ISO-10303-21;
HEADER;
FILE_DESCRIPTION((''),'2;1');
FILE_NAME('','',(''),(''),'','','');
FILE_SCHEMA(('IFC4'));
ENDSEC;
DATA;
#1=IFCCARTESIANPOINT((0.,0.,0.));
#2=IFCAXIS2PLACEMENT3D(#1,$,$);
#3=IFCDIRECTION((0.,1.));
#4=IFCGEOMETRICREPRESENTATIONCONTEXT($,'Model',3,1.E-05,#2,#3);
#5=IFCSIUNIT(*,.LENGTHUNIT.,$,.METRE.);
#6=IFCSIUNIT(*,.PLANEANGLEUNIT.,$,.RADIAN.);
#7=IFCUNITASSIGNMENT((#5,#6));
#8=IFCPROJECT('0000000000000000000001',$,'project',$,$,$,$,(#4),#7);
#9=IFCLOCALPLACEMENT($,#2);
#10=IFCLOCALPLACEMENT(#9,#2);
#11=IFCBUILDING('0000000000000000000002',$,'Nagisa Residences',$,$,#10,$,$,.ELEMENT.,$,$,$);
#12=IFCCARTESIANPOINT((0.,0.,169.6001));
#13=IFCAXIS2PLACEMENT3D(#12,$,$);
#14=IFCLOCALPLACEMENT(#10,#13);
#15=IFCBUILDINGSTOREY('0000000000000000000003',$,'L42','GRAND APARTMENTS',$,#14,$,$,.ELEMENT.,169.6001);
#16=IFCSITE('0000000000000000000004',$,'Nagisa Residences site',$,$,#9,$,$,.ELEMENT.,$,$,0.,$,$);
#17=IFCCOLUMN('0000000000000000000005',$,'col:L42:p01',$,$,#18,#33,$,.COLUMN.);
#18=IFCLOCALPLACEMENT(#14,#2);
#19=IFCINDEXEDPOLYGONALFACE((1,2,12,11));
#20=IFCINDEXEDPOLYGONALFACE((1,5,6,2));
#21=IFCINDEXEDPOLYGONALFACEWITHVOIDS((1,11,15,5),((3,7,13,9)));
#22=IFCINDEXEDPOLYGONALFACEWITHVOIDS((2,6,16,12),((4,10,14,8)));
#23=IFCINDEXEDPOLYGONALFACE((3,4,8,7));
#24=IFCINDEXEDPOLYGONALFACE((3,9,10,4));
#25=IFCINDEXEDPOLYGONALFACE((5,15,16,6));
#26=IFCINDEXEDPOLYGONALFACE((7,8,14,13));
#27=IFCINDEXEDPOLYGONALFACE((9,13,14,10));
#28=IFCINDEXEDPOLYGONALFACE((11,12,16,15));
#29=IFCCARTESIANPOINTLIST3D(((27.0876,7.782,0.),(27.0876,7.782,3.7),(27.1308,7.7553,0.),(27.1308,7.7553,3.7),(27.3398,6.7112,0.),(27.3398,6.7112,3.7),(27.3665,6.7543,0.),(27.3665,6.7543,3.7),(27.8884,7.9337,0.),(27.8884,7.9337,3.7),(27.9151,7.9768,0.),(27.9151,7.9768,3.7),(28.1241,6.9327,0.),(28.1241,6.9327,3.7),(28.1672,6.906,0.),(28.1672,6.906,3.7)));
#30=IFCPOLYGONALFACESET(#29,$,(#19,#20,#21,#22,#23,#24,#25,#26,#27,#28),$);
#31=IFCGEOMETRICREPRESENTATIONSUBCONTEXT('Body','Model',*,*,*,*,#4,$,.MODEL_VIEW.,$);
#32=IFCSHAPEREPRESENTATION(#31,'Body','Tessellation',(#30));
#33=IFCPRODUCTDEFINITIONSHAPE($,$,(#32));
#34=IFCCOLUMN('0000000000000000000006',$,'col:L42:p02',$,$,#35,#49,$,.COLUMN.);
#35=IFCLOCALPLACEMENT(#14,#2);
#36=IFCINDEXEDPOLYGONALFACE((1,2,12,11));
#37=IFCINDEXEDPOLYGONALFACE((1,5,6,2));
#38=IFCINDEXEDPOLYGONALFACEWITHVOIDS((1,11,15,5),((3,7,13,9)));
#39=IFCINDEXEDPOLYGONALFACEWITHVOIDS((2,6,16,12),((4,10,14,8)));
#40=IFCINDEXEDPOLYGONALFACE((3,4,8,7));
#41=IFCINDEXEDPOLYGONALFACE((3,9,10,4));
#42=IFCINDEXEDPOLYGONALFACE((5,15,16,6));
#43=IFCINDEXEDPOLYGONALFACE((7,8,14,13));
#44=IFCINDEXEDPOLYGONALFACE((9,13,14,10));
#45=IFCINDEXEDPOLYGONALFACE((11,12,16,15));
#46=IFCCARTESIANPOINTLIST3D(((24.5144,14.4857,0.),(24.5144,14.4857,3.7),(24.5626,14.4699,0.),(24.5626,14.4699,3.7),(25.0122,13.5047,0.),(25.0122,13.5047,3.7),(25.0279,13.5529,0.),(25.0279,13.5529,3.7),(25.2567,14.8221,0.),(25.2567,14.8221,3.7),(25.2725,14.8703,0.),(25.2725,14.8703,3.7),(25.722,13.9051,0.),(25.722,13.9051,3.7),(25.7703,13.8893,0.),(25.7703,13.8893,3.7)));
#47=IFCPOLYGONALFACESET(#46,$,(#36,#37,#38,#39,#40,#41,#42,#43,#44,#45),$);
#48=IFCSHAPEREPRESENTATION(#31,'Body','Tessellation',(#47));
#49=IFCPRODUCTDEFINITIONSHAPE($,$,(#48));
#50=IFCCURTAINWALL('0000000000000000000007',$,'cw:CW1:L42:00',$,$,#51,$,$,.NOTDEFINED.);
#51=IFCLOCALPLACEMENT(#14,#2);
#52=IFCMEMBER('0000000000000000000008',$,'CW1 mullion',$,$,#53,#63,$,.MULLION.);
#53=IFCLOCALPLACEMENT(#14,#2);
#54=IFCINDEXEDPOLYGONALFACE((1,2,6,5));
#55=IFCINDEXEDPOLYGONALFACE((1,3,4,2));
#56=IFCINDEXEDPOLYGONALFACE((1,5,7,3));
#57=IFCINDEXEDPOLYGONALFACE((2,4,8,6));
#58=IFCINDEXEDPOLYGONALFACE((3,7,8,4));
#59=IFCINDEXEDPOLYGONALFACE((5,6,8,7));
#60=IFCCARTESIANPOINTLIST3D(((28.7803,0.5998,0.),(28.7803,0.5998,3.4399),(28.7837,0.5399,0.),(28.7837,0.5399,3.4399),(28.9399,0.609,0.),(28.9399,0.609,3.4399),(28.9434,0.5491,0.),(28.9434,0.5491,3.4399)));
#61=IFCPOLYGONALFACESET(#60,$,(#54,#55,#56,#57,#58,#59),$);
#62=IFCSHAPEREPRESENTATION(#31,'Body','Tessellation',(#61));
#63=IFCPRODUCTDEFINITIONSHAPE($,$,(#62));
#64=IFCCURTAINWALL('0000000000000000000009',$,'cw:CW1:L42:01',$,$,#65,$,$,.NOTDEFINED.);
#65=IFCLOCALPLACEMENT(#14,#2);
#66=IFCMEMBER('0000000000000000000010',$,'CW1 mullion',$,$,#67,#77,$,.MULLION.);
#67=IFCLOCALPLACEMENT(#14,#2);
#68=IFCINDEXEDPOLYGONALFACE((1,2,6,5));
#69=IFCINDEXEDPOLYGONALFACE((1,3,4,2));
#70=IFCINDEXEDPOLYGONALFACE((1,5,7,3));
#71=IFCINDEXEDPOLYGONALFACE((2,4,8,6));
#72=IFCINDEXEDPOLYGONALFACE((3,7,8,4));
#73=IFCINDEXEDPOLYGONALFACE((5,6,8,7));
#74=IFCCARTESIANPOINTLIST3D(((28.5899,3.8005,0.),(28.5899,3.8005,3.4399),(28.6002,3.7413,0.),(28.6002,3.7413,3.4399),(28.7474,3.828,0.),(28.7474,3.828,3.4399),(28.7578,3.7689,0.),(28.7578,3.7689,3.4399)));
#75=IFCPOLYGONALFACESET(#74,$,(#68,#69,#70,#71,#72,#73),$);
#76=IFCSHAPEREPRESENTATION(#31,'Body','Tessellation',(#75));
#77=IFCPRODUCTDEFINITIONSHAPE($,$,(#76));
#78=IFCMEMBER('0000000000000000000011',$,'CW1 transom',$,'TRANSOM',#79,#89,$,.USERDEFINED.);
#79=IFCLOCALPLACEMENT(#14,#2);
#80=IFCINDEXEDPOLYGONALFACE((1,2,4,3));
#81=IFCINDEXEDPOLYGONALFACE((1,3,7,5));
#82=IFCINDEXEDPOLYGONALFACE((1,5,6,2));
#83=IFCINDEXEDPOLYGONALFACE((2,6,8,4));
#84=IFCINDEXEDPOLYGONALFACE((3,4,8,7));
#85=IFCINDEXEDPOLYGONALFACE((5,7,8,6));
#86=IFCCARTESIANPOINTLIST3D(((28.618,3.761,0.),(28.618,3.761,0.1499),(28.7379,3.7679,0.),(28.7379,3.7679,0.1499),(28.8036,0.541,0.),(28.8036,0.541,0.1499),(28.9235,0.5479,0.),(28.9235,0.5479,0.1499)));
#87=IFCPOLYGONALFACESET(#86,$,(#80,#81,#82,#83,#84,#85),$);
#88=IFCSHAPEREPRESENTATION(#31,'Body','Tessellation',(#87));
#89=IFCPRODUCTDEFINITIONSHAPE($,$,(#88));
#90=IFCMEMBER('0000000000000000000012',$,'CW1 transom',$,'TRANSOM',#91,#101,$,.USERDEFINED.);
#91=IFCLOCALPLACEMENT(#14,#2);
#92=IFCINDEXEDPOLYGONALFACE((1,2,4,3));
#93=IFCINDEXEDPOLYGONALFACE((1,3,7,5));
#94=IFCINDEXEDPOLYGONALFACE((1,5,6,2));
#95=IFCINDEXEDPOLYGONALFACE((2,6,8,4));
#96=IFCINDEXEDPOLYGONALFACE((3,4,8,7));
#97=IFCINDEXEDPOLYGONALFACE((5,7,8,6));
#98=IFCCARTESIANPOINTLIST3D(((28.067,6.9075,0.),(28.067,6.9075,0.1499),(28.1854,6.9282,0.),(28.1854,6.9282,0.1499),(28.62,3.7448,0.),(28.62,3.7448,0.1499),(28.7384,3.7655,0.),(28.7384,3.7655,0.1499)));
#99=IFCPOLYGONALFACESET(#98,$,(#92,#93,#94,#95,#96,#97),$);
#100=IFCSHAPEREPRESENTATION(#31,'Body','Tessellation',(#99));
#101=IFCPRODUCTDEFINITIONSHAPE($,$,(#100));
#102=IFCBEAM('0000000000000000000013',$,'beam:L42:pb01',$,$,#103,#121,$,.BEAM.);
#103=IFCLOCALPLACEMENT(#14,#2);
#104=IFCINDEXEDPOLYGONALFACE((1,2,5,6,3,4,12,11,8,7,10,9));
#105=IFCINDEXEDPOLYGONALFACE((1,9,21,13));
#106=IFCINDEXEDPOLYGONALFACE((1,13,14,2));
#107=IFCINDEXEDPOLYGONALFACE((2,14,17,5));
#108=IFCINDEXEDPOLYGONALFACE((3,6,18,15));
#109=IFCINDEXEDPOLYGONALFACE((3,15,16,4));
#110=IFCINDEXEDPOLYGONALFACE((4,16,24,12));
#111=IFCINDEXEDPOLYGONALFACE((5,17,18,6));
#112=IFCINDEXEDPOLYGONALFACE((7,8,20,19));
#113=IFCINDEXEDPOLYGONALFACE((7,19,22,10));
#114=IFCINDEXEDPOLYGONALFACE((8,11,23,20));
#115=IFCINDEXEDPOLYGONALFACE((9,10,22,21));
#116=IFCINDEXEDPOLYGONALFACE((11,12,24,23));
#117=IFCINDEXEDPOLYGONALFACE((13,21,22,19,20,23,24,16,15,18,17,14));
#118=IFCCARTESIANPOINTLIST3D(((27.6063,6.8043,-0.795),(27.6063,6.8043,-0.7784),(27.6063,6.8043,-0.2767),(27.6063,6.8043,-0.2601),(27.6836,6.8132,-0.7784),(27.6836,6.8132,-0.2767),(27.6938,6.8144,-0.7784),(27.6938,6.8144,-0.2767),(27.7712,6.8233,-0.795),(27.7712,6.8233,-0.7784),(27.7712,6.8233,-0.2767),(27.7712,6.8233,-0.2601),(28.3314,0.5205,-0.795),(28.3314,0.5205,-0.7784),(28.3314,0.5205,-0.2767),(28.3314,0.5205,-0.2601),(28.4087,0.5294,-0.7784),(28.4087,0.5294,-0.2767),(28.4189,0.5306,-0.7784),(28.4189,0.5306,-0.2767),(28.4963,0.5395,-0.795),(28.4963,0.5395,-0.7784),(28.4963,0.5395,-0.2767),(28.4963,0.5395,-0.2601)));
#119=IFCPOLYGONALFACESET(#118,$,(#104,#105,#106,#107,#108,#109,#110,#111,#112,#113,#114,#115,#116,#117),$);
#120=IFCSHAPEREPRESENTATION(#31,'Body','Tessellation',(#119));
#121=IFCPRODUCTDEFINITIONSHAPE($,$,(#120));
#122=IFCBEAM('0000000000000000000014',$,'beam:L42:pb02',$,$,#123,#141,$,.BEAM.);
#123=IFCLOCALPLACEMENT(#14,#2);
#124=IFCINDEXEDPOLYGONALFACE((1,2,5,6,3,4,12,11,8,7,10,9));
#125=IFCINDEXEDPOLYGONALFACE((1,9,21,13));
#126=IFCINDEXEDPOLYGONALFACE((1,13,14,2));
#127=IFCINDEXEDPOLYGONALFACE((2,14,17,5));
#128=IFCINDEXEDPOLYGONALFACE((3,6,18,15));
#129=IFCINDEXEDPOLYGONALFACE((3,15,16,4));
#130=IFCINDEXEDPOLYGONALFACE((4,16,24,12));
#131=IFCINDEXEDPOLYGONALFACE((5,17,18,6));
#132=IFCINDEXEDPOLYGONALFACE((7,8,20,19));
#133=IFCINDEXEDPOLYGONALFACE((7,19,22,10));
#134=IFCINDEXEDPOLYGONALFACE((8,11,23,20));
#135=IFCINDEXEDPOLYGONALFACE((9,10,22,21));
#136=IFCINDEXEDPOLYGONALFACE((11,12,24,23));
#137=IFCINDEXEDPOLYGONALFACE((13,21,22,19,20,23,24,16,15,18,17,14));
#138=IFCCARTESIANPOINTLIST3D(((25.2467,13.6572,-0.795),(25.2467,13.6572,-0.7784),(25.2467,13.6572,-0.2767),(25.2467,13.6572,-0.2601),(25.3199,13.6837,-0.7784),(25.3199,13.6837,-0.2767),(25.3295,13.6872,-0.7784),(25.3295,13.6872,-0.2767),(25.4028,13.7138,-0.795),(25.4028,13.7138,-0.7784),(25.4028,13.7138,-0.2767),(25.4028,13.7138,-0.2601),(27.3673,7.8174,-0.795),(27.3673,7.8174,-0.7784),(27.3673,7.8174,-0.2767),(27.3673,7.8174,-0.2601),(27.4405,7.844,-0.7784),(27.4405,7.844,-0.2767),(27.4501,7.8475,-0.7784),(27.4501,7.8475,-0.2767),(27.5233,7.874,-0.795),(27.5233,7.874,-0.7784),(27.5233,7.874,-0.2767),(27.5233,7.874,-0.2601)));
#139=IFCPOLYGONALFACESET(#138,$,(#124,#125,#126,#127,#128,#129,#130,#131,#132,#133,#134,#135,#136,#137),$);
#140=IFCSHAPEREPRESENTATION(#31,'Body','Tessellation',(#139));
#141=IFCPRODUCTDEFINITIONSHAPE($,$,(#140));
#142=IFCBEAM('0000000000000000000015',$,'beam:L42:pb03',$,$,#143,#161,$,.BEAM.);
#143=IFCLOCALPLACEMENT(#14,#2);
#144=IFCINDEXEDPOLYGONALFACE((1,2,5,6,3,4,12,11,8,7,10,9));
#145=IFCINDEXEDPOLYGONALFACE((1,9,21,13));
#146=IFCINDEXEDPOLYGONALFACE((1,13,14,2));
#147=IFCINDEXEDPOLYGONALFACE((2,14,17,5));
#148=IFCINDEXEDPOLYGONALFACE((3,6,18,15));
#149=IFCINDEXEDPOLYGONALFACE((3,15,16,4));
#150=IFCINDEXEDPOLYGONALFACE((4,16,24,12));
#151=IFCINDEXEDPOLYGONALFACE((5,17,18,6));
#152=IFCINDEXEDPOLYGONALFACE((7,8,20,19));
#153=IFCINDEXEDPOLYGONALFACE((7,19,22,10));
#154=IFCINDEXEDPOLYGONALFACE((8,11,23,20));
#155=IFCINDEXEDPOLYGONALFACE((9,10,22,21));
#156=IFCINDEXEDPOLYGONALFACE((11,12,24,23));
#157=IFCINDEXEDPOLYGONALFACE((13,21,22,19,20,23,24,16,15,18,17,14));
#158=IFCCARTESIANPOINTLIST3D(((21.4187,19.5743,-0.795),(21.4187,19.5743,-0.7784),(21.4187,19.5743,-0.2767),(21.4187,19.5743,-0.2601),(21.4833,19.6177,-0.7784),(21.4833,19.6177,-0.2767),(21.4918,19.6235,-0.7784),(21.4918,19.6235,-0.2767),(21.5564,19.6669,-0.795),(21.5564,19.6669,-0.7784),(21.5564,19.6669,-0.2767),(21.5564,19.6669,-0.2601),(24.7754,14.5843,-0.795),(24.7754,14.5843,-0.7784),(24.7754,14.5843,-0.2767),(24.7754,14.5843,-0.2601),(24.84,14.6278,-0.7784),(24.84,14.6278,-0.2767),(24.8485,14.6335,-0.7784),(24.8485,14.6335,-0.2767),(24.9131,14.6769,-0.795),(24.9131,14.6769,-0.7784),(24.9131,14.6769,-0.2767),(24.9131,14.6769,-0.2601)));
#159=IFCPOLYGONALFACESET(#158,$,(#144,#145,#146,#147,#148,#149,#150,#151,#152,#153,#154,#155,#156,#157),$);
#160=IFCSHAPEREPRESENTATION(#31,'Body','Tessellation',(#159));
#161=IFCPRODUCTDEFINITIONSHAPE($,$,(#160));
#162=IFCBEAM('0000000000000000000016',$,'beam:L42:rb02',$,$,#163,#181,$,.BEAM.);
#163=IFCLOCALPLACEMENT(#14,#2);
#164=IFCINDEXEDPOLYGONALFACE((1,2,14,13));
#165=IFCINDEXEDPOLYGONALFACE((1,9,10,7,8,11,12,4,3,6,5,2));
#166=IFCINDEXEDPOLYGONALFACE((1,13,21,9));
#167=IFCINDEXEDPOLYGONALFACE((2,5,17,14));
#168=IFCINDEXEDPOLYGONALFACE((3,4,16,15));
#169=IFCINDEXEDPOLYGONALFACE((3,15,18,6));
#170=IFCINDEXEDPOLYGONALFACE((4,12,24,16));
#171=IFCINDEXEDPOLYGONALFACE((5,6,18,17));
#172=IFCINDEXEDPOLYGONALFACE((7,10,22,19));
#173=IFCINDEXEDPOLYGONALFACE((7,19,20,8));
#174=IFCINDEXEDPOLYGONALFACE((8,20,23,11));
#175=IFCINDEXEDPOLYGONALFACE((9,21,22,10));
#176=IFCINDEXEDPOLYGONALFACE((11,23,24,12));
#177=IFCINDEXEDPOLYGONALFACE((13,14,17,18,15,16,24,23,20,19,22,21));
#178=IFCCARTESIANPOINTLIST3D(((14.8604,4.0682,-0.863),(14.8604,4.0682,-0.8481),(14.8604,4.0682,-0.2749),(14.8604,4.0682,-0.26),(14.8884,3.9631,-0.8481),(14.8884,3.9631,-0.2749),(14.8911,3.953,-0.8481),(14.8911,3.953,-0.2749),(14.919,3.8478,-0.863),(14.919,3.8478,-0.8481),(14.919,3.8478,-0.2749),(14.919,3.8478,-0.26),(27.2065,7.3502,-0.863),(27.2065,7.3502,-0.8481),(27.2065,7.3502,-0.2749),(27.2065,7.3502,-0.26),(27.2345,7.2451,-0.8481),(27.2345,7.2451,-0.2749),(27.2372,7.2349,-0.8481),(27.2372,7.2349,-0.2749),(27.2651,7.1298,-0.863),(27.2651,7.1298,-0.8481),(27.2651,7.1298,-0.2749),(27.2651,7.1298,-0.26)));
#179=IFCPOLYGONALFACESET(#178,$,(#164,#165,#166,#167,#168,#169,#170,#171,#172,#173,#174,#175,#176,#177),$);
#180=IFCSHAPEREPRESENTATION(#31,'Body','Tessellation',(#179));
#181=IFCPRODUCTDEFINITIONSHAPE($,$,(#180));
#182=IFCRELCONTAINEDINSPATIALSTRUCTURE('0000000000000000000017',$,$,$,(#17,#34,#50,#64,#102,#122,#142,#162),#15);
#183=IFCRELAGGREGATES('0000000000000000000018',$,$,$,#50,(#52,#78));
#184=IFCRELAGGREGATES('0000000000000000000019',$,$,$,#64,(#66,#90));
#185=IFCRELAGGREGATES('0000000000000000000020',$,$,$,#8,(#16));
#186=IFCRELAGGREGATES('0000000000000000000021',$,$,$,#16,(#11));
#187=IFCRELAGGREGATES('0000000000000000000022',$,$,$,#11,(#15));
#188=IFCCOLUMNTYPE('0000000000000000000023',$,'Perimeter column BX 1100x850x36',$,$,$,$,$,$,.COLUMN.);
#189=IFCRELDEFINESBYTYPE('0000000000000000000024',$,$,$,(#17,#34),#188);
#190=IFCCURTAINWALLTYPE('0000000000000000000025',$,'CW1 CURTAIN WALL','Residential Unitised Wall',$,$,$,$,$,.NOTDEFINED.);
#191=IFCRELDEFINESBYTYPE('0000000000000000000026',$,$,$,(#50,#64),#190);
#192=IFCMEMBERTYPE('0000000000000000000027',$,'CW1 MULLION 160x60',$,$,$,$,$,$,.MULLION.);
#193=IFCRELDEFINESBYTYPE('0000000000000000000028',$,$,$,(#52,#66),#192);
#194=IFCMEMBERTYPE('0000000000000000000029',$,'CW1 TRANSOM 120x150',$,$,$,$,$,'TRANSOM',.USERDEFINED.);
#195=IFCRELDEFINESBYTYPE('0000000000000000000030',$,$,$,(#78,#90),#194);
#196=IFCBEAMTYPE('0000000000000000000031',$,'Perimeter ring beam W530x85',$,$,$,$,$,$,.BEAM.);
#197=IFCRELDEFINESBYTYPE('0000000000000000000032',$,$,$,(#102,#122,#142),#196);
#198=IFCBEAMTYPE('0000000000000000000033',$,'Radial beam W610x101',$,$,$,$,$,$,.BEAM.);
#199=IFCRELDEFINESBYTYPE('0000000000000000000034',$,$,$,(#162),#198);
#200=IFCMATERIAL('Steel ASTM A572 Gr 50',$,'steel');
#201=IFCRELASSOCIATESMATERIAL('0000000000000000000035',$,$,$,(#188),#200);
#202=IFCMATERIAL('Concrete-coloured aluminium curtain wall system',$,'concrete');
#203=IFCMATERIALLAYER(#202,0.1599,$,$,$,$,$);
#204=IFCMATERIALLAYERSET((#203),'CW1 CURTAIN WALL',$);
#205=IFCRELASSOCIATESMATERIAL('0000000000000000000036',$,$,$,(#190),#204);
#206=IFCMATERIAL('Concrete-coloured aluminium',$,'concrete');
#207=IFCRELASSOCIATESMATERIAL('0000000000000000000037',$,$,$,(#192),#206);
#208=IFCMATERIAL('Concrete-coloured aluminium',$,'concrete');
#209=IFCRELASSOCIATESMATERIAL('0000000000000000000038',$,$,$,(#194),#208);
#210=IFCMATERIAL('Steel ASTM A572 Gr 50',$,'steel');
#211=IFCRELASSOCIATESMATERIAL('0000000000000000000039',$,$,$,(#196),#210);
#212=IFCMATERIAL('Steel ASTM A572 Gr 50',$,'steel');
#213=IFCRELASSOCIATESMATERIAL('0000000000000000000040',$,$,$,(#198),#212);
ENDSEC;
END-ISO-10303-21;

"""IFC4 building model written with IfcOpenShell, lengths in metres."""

from ifc_helpers import new_model, si_unit, direction, frame, origin, origin_2d, place, context, subcontext, project, spatial, rectangle, hollow_rectangle, i_section, extrude, material, layer, layer_set, material_profile, profile_set, type_object, element, aggregate, save


model = new_model("IFC4")

# Units and contexts
model_context = context("Model", 3, precision=1e-05, world=origin(), true_north=direction((0.0, 1.0)))
body_context = subcontext(model_context, "Body", "Model", "MODEL_VIEW")
ifc_project = project(units=[si_unit("LENGTHUNIT", "METRE"), si_unit("PLANEANGLEUNIT", "RADIAN")], contexts=[model_context])

# Site, building, storey
site_placement = place(None, origin())
site = spatial("IfcSite", under=ifc_project, at=site_placement, Name="Nagisa Residences site", CompositionType="ELEMENT", RefElevation=0.0)
building_placement = place(site_placement, origin())
building = spatial("IfcBuilding", under=site, at=building_placement, Name="Nagisa Residences", CompositionType="ELEMENT")
storey_placement = place(building_placement, frame((0.0, 0.0, 169.6001)))
storey = spatial("IfcBuildingStorey", under=building, at=storey_placement, Name="L42", Description="GRAND APARTMENTS", CompositionType="ELEMENT", Elevation=169.6001)

# Columns
ifc_material_1 = material(Name="Steel ASTM A572 Gr 50", Category="steel")
ifc_material_profile_1 = material_profile(ifc_material_1, hollow_rectangle(XDim=1.1001, YDim=0.8501, WallThickness=0.0359, at=origin_2d()), Name="BX 1100x850x36")
ifc_profile_set_1 = profile_set([ifc_material_profile_1], Name="Steel ASTM A572 Gr 50")
column_type = type_object("IfcColumnType", Name="Perimeter column BX 1100x850x36", PredefinedType="COLUMN", material=ifc_profile_set_1)
for number, where, z_axis, x_axis, name in (
    (1, (27.6274, 7.344, 0.0), (0.0, 0.0, 1.0), (-0.229202, 0.973379, 0.0), "col:L42:p01"),
    (2, (25.1423, 14.1875, 0.0), (0.0, 0.0, 1.0), (-0.452463, 0.891783, 0.0), "col:L42:p02"),
):
    element("IfcColumn", number, at=place(storey_placement, frame(where, z_axis=z_axis, x_axis=x_axis)), inside=storey, type_object=column_type, Name=name, PredefinedType="COLUMN", context=body_context, shape_type="SweptSolid", body=[
        extrude(hollow_rectangle(XDim=1.1001, YDim=0.8501, WallThickness=0.0359, at=origin_2d()), origin(), (0.0, 0.0, 1.0), 3.7),
    ])

# Curtain walls, members
ifc_material_2 = material(Name="Concrete-coloured aluminium curtain wall system", Category="concrete")
ifc_layer_1 = layer(ifc_material_2, 0.1599)
ifc_layer_set_1 = layer_set([ifc_layer_1], Name="CW1 CURTAIN WALL")
curtain_wall_type = type_object("IfcCurtainWallType", Name="CW1 CURTAIN WALL", Description="Residential Unitised Wall", PredefinedType="NOTDEFINED", material=ifc_layer_set_1)
curtain_wall_1_placement = place(storey_placement, origin())
curtain_wall_1 = element("IfcCurtainWall", 3, at=curtain_wall_1_placement, inside=storey, type_object=curtain_wall_type, Name="cw:CW1:L42:00", PredefinedType="NOTDEFINED")
ifc_material_3 = material(Name="Concrete-coloured aluminium", Category="concrete")
ifc_material_profile_2 = material_profile(ifc_material_3, rectangle(XDim=0.1599, YDim=0.0601, at=origin_2d()), Name="CW1 MULLION 160x60")
ifc_profile_set_2 = profile_set([ifc_material_profile_2], Name="Concrete-coloured aluminium")
member_type_1 = type_object("IfcMemberType", Name="CW1 MULLION 160x60", PredefinedType="MULLION", material=ifc_profile_set_2)
member_1_placement = place(storey_placement, frame((28.8618, 0.5745, 0.0), z_axis=(0.0, 0.0, 1.0), x_axis=(-0.998345, -0.057503, 0.0)))
member_1 = element("IfcMember", 4, at=member_1_placement, type_object=member_type_1, Name="CW1 mullion", PredefinedType="MULLION", context=body_context, shape_type="SweptSolid", body=[
    extrude(rectangle(XDim=0.1599, YDim=0.0601, at=origin_2d()), origin(), (0.0, 0.0, 1.0), 3.4399),
])
curtain_wall_2_placement = place(storey_placement, origin())
curtain_wall_2 = element("IfcCurtainWall", 5, at=curtain_wall_2_placement, inside=storey, type_object=curtain_wall_type, Name="cw:CW1:L42:01", PredefinedType="NOTDEFINED")
member_2_placement = place(storey_placement, frame((28.6738, 3.7847, 0.0), z_axis=(0.0, 0.0, 1.0), x_axis=(-0.985064, -0.172191, 0.0)))
member_2 = element("IfcMember", 6, at=member_2_placement, type_object=member_type_1, Name="CW1 mullion", PredefinedType="MULLION", context=body_context, shape_type="SweptSolid", body=[
    extrude(rectangle(XDim=0.1599, YDim=0.0601, at=origin_2d()), origin(), (0.0, 0.0, 1.0), 3.4399),
])

# Members
ifc_material_4 = material(Name="Concrete-coloured aluminium", Category="concrete")
ifc_material_profile_3 = material_profile(ifc_material_4, rectangle(XDim=0.1201, YDim=0.1499, at=origin_2d()), Name="CW1 TRANSOM 120x150")
ifc_profile_set_3 = profile_set([ifc_material_profile_3], Name="Concrete-coloured aluminium")
member_type_2 = type_object("IfcMemberType", Name="CW1 TRANSOM 120x150", ElementType="TRANSOM", PredefinedType="USERDEFINED", material=ifc_profile_set_3)
member_3_placement = place(storey_placement, frame((28.8635, 0.5444, 0.075), z_axis=(-0.057528, 0.998344, 0.0), x_axis=(-0.998344, -0.057528, 0.0)))
member_3 = element("IfcMember", 7, at=member_3_placement, type_object=member_type_2, Name="CW1 transom", ObjectType="TRANSOM", PredefinedType="USERDEFINED", context=body_context, shape_type="SweptSolid", body=[
    extrude(rectangle(XDim=0.1201, YDim=0.1499, at=origin_2d()), origin(), (0.0, 0.0, 1.0), 3.2253),
])
member_4_placement = place(storey_placement, frame((28.6792, 3.7551, 0.075), z_axis=(-0.172236, 0.985056, 0.0), x_axis=(-0.985056, -0.172236, 0.0)))
member_4 = element("IfcMember", 8, at=member_4_placement, type_object=member_type_2, Name="CW1 transom", ObjectType="TRANSOM", PredefinedType="USERDEFINED", context=body_context, shape_type="SweptSolid", body=[
    extrude(rectangle(XDim=0.1201, YDim=0.1499, at=origin_2d()), origin(), (0.0, 0.0, 1.0), 3.2107),
])

# Beams
ifc_material_5 = material(Name="Steel ASTM A572 Gr 50", Category="steel")
ifc_material_profile_4 = material_profile(ifc_material_5, i_section(OverallWidth=0.166, OverallDepth=0.5349, WebThickness=0.0103, FlangeThickness=0.0166, at=origin_2d()), Name="W530x85")
ifc_profile_set_4 = profile_set([ifc_material_profile_4], Name="Steel ASTM A572 Gr 50")
beam_type_1 = type_object("IfcBeamType", Name="Perimeter ring beam W530x85", PredefinedType="BEAM", material=ifc_profile_set_4)
beam_1_placement = place(storey_placement, frame((28.4138, 0.53, -0.5276), z_axis=(-0.114633, 0.993408, 0.0), x_axis=(-0.993408, -0.114633, 0.0)))
element("IfcBeam", 9, at=beam_1_placement, inside=storey, type_object=beam_type_1, Name="beam:L42:pb01", PredefinedType="BEAM", context=body_context, shape_type="SweptSolid", body=[
    extrude(i_section(OverallWidth=0.166, OverallDepth=0.5349, WebThickness=0.0103, FlangeThickness=0.0166, at=origin_2d()), origin(), (0.0, 0.0, 1.0), 6.3254),
])
beam_2_placement = place(storey_placement, frame((27.4453, 7.8457, -0.5276), z_axis=(-0.34132, 0.939947, 0.0), x_axis=(-0.939947, -0.34132, 0.0)))
element("IfcBeam", 10, at=beam_2_placement, inside=storey, type_object=beam_type_1, Name="beam:L42:pb02", PredefinedType="BEAM", context=body_context, shape_type="SweptSolid", body=[
    extrude(i_section(OverallWidth=0.166, OverallDepth=0.5349, WebThickness=0.0103, FlangeThickness=0.0166, at=origin_2d()), origin(), (0.0, 0.0, 1.0), 6.2129),
])
beam_3_placement = place(storey_placement, frame((24.8442, 14.6306, -0.5276), z_axis=(-0.558152, 0.829739, 0.0), x_axis=(-0.829739, -0.558152, 0.0)))
element("IfcBeam", 11, at=beam_3_placement, inside=storey, type_object=beam_type_1, Name="beam:L42:pb03", PredefinedType="BEAM", context=body_context, shape_type="SweptSolid", body=[
    extrude(i_section(OverallWidth=0.166, OverallDepth=0.5349, WebThickness=0.0103, FlangeThickness=0.0166, at=origin_2d()), origin(), (0.0, 0.0, 1.0), 6.0139),
])
ifc_material_6 = material(Name="Steel ASTM A572 Gr 50", Category="steel")
ifc_material_profile_5 = material_profile(ifc_material_6, i_section(OverallWidth=0.228, OverallDepth=0.603, WebThickness=0.0105, FlangeThickness=0.0149, at=origin_2d()), Name="W610x101")
ifc_profile_set_5 = profile_set([ifc_material_profile_5], Name="Steel ASTM A572 Gr 50")
beam_type_2 = type_object("IfcBeamType", Name="Radial beam W610x101", PredefinedType="BEAM", material=ifc_profile_set_5)
beam_4_placement = place(storey_placement, frame((27.2358, 7.24, -0.5615), z_axis=(-0.966436, -0.256907, 0.0), x_axis=(0.256907, -0.966436, 0.0)))
element("IfcBeam", 12, at=beam_4_placement, inside=storey, type_object=beam_type_2, Name="beam:L42:rb02", PredefinedType="BEAM", context=body_context, shape_type="SweptSolid", body=[
    extrude(i_section(OverallWidth=0.228, OverallDepth=0.603, WebThickness=0.0105, FlangeThickness=0.0149, at=origin_2d()), origin(), (0.0, 0.0, 1.0), 12.7749),
])

aggregate(curtain_wall_1, [member_1, member_3])
aggregate(curtain_wall_2, [member_2, member_4])

save(model, "model.ifc")
